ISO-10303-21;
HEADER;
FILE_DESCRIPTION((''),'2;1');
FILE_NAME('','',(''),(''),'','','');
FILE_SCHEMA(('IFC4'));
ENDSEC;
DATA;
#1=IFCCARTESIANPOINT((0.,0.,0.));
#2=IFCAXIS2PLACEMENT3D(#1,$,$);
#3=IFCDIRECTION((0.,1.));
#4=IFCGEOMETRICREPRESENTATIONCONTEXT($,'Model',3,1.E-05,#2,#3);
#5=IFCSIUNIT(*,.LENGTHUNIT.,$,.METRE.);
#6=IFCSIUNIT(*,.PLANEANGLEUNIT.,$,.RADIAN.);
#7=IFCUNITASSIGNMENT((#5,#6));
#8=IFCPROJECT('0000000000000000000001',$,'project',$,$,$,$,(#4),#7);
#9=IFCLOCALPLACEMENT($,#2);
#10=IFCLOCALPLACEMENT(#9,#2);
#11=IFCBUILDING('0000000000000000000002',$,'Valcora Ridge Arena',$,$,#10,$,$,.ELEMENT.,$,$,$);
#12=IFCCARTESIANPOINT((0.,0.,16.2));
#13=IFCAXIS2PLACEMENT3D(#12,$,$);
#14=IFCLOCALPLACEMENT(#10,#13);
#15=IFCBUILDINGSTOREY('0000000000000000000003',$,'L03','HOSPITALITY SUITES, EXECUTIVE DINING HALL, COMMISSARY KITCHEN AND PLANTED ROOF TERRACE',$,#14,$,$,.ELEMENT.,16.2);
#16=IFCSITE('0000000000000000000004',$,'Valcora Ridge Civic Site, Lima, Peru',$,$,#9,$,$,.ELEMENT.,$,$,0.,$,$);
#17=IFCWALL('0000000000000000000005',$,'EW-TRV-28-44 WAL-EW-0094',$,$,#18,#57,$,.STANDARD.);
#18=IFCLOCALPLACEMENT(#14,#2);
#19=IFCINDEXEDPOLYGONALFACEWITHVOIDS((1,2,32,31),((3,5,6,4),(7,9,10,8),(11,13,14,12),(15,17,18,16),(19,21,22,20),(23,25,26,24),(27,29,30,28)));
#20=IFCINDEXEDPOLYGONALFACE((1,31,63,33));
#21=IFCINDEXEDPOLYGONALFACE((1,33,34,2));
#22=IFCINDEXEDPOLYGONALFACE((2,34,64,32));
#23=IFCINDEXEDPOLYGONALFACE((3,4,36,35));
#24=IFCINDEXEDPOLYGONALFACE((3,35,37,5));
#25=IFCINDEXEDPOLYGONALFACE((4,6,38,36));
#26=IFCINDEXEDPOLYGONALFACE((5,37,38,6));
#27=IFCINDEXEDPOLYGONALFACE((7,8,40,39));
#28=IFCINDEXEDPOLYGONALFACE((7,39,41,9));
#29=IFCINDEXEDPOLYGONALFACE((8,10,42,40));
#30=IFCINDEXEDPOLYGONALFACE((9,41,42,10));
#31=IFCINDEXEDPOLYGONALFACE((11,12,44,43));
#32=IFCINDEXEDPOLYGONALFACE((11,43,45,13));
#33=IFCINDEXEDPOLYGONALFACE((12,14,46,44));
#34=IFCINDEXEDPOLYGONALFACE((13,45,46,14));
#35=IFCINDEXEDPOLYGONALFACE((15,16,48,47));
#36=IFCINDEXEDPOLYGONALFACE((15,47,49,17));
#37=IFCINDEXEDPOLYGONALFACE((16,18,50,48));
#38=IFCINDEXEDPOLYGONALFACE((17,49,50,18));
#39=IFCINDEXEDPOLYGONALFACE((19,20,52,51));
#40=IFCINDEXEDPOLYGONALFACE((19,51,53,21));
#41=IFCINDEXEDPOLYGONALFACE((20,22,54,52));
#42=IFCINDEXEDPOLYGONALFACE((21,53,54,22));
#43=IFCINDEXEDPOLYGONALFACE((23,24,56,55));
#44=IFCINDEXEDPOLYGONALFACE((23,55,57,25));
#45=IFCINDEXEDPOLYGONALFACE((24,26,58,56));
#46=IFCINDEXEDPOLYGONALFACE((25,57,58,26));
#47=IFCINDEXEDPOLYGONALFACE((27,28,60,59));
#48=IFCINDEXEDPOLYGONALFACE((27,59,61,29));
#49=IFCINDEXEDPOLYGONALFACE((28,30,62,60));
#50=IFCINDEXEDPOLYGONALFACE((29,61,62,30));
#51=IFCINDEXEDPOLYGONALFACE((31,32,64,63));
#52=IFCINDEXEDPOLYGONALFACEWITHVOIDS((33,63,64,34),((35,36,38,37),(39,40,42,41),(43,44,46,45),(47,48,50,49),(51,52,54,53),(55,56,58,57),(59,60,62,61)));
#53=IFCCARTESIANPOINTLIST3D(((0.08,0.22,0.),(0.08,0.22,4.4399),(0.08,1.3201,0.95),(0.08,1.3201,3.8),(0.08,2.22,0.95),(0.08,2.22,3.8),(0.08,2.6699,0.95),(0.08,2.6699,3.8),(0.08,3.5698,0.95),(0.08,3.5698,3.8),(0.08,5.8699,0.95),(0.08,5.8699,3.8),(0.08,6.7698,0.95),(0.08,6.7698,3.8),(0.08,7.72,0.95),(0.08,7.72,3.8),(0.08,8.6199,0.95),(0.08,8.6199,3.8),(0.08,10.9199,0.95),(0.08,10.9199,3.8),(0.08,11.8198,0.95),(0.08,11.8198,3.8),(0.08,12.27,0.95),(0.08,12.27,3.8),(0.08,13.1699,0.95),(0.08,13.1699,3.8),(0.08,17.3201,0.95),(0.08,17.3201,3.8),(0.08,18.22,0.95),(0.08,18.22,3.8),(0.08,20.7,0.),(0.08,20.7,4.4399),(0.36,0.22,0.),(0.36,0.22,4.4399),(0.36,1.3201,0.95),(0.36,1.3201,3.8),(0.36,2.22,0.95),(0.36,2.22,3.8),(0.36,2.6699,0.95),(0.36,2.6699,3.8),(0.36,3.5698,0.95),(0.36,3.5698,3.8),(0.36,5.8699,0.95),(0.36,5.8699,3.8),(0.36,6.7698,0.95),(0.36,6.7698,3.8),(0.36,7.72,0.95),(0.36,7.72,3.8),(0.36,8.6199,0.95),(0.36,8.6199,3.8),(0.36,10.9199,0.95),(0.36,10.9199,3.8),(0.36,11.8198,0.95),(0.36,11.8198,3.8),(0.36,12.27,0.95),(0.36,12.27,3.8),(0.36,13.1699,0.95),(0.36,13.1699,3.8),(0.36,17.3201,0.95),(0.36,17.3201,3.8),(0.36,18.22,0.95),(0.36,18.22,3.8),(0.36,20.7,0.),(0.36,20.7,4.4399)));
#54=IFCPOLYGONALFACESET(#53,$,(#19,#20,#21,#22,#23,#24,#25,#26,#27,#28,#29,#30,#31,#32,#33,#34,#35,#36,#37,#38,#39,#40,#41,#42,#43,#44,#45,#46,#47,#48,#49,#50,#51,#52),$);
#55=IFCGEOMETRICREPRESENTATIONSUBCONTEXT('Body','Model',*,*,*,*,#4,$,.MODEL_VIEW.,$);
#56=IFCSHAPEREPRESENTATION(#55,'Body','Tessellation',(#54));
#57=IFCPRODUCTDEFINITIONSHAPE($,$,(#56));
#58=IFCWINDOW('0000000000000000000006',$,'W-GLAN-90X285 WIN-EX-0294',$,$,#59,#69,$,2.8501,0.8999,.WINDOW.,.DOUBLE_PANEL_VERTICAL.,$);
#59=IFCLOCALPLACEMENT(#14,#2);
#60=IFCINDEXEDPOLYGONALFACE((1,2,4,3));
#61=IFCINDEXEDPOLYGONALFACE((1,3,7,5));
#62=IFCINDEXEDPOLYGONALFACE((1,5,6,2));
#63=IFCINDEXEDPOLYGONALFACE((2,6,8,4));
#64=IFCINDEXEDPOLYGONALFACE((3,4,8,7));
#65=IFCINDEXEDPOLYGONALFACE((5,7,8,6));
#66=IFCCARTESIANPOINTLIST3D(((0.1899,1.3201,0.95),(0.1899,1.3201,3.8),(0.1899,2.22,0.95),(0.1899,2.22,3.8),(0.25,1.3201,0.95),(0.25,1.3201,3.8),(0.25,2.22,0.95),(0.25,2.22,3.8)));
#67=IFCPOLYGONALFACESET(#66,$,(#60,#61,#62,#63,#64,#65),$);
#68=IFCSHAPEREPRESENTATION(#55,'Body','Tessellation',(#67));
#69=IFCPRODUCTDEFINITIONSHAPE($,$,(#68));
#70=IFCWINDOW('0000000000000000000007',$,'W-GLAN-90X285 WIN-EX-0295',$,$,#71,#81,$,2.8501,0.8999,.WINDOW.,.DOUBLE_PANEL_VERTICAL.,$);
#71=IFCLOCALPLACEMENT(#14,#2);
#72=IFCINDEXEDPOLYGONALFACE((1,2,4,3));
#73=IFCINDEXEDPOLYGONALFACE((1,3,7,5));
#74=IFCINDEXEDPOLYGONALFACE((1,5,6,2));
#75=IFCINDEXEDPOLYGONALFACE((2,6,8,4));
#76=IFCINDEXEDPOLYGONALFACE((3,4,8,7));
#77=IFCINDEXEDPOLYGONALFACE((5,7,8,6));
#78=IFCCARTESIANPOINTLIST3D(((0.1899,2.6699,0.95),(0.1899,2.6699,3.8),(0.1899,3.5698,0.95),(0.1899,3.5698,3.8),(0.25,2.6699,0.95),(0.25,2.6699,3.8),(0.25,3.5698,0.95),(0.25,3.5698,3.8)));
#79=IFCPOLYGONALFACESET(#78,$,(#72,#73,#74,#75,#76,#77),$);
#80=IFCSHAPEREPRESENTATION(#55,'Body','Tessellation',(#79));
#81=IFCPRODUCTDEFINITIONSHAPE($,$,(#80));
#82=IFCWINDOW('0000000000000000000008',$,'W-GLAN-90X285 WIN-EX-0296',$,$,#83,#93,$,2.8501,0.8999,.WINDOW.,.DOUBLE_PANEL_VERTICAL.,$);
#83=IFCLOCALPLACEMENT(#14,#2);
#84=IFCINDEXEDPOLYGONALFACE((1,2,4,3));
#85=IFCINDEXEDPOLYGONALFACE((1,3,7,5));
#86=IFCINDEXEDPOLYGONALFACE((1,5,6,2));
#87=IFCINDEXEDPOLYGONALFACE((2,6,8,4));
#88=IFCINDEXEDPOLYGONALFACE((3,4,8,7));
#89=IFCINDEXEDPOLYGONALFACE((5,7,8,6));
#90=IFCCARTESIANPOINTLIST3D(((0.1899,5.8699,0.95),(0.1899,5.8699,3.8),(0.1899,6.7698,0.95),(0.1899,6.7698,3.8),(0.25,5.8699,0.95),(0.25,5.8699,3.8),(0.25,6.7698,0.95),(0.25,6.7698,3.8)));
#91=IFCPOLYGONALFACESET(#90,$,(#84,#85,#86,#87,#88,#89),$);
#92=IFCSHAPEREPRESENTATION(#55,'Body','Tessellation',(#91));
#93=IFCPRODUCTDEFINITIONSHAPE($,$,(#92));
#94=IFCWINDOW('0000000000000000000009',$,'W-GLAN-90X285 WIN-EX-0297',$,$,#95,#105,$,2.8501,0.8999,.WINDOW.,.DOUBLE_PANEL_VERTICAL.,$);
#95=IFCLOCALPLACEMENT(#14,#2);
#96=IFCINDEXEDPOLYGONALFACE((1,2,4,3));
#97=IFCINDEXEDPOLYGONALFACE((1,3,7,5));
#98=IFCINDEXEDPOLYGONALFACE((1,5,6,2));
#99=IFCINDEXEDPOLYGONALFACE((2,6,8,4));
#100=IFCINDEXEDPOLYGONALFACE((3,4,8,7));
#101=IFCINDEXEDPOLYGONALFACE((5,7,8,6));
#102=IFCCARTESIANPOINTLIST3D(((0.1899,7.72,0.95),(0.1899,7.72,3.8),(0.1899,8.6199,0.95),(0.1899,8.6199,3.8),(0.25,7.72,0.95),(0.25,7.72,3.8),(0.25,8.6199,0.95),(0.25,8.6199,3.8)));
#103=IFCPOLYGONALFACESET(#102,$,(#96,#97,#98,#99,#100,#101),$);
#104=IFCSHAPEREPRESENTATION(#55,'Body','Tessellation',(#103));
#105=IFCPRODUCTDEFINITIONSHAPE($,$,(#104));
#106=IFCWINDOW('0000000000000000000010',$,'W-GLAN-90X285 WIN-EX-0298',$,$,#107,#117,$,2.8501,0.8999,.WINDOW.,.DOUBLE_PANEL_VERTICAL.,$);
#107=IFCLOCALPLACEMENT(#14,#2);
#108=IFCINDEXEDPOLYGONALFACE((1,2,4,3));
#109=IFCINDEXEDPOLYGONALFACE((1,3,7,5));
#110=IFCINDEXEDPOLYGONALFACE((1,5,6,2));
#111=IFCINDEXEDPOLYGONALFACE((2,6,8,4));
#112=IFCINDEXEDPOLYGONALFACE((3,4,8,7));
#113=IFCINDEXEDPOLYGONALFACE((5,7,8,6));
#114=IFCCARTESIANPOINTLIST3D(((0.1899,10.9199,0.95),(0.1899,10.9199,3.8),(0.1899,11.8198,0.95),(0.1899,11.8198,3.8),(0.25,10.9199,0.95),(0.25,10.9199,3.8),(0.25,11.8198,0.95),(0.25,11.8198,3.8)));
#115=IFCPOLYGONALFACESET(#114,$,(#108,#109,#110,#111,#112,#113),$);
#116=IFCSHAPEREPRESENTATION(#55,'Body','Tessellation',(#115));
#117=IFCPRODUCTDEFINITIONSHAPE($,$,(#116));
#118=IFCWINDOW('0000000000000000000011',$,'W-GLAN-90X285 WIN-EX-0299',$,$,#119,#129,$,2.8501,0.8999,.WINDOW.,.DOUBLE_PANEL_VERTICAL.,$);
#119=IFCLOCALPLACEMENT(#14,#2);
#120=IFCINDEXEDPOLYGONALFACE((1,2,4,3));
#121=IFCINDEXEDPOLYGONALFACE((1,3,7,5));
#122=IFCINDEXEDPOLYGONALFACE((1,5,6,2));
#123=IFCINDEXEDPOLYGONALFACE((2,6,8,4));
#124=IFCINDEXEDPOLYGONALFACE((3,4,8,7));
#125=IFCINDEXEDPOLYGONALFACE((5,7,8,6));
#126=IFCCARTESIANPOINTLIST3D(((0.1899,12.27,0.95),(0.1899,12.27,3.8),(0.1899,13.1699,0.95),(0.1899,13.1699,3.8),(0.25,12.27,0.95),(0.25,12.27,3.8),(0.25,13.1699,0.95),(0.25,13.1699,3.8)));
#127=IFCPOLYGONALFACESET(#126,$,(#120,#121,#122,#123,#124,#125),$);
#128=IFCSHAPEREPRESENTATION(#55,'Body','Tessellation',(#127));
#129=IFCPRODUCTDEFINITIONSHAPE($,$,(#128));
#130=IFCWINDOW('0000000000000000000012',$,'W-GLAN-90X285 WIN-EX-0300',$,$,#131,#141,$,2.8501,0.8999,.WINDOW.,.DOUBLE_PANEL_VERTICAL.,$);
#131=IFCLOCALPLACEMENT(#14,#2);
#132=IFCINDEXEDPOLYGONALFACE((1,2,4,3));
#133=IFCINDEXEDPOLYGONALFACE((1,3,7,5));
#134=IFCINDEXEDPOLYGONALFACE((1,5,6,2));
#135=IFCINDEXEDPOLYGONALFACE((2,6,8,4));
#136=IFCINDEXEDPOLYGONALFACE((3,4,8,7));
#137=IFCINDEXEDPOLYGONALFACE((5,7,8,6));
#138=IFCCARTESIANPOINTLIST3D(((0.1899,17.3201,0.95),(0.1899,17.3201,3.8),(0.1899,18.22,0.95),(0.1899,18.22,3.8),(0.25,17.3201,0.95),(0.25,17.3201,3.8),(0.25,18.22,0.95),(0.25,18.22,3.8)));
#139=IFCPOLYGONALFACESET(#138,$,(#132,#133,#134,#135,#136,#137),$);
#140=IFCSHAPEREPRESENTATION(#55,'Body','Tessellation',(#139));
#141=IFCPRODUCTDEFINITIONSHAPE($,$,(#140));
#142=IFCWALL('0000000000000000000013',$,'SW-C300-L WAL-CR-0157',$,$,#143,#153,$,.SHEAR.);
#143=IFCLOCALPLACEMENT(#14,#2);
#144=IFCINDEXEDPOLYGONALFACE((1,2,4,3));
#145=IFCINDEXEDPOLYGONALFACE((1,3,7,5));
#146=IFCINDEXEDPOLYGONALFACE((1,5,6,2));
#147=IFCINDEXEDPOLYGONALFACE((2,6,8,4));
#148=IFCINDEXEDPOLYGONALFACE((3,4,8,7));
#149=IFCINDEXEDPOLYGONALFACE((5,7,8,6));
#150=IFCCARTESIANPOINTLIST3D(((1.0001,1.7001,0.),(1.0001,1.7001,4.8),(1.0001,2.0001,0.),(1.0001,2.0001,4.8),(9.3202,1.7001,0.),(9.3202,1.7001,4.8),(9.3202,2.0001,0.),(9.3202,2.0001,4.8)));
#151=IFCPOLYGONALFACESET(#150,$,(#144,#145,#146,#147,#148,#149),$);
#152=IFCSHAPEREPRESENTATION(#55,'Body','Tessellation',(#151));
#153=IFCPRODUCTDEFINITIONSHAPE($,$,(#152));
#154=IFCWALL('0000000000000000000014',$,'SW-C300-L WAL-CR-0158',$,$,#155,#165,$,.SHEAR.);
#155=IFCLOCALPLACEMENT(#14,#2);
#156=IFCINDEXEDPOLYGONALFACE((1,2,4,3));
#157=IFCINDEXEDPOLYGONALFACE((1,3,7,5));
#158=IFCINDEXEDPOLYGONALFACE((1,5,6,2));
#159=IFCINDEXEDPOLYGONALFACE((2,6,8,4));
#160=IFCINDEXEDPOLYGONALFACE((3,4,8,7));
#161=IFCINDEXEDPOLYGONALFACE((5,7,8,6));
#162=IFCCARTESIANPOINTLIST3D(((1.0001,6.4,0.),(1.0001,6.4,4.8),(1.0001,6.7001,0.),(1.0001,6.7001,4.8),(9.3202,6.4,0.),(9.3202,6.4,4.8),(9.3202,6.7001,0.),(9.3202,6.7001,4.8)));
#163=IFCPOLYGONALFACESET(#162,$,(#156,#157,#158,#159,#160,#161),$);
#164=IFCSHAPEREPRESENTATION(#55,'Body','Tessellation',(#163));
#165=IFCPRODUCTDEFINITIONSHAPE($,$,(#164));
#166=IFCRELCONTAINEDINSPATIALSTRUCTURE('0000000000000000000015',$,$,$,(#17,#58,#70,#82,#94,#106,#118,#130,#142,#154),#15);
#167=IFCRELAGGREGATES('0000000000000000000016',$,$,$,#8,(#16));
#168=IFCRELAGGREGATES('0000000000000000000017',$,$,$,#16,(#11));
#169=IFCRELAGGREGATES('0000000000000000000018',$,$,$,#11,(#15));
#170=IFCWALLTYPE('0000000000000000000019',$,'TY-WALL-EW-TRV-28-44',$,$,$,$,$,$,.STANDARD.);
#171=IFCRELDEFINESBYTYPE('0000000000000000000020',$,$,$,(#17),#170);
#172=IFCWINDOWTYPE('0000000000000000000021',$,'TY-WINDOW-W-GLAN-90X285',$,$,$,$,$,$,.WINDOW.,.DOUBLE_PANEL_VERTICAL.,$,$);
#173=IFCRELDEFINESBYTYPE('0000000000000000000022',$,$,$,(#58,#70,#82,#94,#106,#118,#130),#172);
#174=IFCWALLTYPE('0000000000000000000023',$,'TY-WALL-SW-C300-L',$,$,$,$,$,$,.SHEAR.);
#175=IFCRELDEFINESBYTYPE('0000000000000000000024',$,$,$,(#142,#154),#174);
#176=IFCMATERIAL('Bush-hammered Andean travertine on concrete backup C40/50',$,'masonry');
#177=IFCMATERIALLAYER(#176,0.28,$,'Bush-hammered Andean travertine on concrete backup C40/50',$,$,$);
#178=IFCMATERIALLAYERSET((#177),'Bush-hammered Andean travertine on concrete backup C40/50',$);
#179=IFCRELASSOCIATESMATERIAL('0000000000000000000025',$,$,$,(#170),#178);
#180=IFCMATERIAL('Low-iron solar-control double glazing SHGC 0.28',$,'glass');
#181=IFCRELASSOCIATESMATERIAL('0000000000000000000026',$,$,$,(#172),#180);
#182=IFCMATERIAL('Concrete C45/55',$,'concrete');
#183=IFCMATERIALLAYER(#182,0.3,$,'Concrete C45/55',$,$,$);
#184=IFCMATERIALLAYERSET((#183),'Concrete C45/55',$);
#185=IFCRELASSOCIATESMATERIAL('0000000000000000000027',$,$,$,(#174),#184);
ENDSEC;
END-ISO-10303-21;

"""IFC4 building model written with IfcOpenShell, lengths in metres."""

from ifc_helpers import new_model, si_unit, direction, frame, frame_2d, origin, place, context, subcontext, project, spatial, rectangle, extrude, material, layer, layer_set, type_object, element, fill, save


model = new_model("IFC4")

# Units and contexts
model_context = context("Model", 3, precision=1e-05, world=origin(), true_north=direction((0.0, 1.0)))
body_context = subcontext(model_context, "Body", "Model", "MODEL_VIEW")
ifc_project = project(units=[si_unit("LENGTHUNIT", "METRE"), si_unit("PLANEANGLEUNIT", "RADIAN")], contexts=[model_context])

# Site, building, storey
site_placement = place(None, origin())
site = spatial("IfcSite", under=ifc_project, at=site_placement, Name="Valcora Ridge Civic Site, Lima, Peru", CompositionType="ELEMENT", RefElevation=0.0)
building_placement = place(site_placement, origin())
building = spatial("IfcBuilding", under=site, at=building_placement, Name="Valcora Ridge Arena", CompositionType="ELEMENT")
storey_placement = place(building_placement, frame((0.0, 0.0, 16.2)))
storey = spatial("IfcBuildingStorey", under=building, at=storey_placement, Name="L03", Description="HOSPITALITY SUITES, EXECUTIVE DINING HALL, COMMISSARY KITCHEN AND PLANTED ROOF TERRACE", CompositionType="ELEMENT", Elevation=16.2)

# Wall, openings, windows
ifc_material_1 = material(Name="Bush-hammered Andean travertine on concrete backup C40/50", Category="masonry")
ifc_layer_1 = layer(ifc_material_1, 0.28, Name="Bush-hammered Andean travertine on concrete backup C40/50")
ifc_layer_set_1 = layer_set([ifc_layer_1], Name="Bush-hammered Andean travertine on concrete backup C40/50")
wall_type_1 = type_object("IfcWallType", Name="TY-WALL-EW-TRV-28-44", PredefinedType="STANDARD", material=ifc_layer_set_1)
ifc_material_2 = material(Name="Low-iron solar-control double glazing SHGC 0.28", Category="glass")
window_type = type_object("IfcWindowType", Name="TY-WINDOW-W-GLAN-90X285", PartitioningType="DOUBLE_PANEL_VERTICAL", PredefinedType="WINDOW", material=ifc_material_2)
wall_1_placement = place(storey_placement, frame((0.22, 0.22, 0.0), z_axis=(0.0, 0.0, 1.0), x_axis=(0.0, 1.0, 0.0)))
wall_1 = element("IfcWall", 1, at=wall_1_placement, inside=storey, type_object=wall_type_1, Name="EW-TRV-28-44 WAL-EW-0094", PredefinedType="STANDARD", context=body_context, shape_type="SweptSolid", body=[
    extrude(rectangle(XDim=20.48, YDim=0.28, at=frame_2d((10.24, 0.0))), origin(), (0.0, 0.0, 1.0), 4.4399),
])
opening_1_placement = place(wall_1_placement, frame((1.1001, 0.0, 0.95)))
opening_1 = element("IfcOpeningElement", 2, at=opening_1_placement, cuts=wall_1, PredefinedType="OPENING", context=body_context, shape_type="SweptSolid", body=[
    extrude(rectangle(XDim=0.8999, YDim=2.8501, at=frame_2d((0.45, 1.425))), frame((0.0, 0.1499, 0.0), z_axis=(0.0, -1.0, 0.0), x_axis=(1.0, 0.0, 0.0)), (0.0, 0.0, 1.0), 0.3),
])
opening_2_placement = place(wall_1_placement, frame((2.45, 0.0, 0.95)))
opening_2 = element("IfcOpeningElement", 3, at=opening_2_placement, cuts=wall_1, PredefinedType="OPENING", context=body_context, shape_type="SweptSolid", body=[
    extrude(rectangle(XDim=0.8999, YDim=2.8501, at=frame_2d((0.45, 1.425))), frame((0.0, 0.1499, 0.0), z_axis=(0.0, -1.0, 0.0), x_axis=(1.0, 0.0, 0.0)), (0.0, 0.0, 1.0), 0.3),
])
opening_3_placement = place(wall_1_placement, frame((5.6499, 0.0, 0.95)))
opening_3 = element("IfcOpeningElement", 4, at=opening_3_placement, cuts=wall_1, PredefinedType="OPENING", context=body_context, shape_type="SweptSolid", body=[
    extrude(rectangle(XDim=0.8999, YDim=2.8501, at=frame_2d((0.45, 1.425))), frame((0.0, 0.1499, 0.0), z_axis=(0.0, -1.0, 0.0), x_axis=(1.0, 0.0, 0.0)), (0.0, 0.0, 1.0), 0.3),
])
opening_4_placement = place(wall_1_placement, frame((7.5, 0.0, 0.95)))
opening_4 = element("IfcOpeningElement", 5, at=opening_4_placement, cuts=wall_1, PredefinedType="OPENING", context=body_context, shape_type="SweptSolid", body=[
    extrude(rectangle(XDim=0.8999, YDim=2.8501, at=frame_2d((0.45, 1.425))), frame((0.0, 0.1499, 0.0), z_axis=(0.0, -1.0, 0.0), x_axis=(1.0, 0.0, 0.0)), (0.0, 0.0, 1.0), 0.3),
])
opening_5_placement = place(wall_1_placement, frame((10.7, 0.0, 0.95)))
opening_5 = element("IfcOpeningElement", 6, at=opening_5_placement, cuts=wall_1, PredefinedType="OPENING", context=body_context, shape_type="SweptSolid", body=[
    extrude(rectangle(XDim=0.8999, YDim=2.8501, at=frame_2d((0.45, 1.425))), frame((0.0, 0.1499, 0.0), z_axis=(0.0, -1.0, 0.0), x_axis=(1.0, 0.0, 0.0)), (0.0, 0.0, 1.0), 0.3),
])
opening_6_placement = place(wall_1_placement, frame((12.05, 0.0, 0.95)))
opening_6 = element("IfcOpeningElement", 7, at=opening_6_placement, cuts=wall_1, PredefinedType="OPENING", context=body_context, shape_type="SweptSolid", body=[
    extrude(rectangle(XDim=0.8999, YDim=2.8501, at=frame_2d((0.45, 1.425))), frame((0.0, 0.1499, 0.0), z_axis=(0.0, -1.0, 0.0), x_axis=(1.0, 0.0, 0.0)), (0.0, 0.0, 1.0), 0.3),
])
opening_7_placement = place(wall_1_placement, frame((17.1001, 0.0, 0.95)))
opening_7 = element("IfcOpeningElement", 8, at=opening_7_placement, cuts=wall_1, PredefinedType="OPENING", context=body_context, shape_type="SweptSolid", body=[
    extrude(rectangle(XDim=0.8999, YDim=2.8501, at=frame_2d((0.45, 1.425))), frame((0.0, 0.1499, 0.0), z_axis=(0.0, -1.0, 0.0), x_axis=(1.0, 0.0, 0.0)), (0.0, 0.0, 1.0), 0.3),
])
window_1_placement = place(opening_1_placement, origin())
window_1 = element("IfcWindow", 9, at=window_1_placement, inside=storey, type_object=window_type, Name="W-GLAN-90X285 WIN-EX-0294", OverallHeight=2.8501, OverallWidth=0.8999, PartitioningType="DOUBLE_PANEL_VERTICAL", PredefinedType="WINDOW", context=body_context, shape_type="SweptSolid", body=[
    extrude(rectangle(XDim=0.8999, YDim=2.8501, at=frame_2d((0.45, 1.425))), frame((0.0, 0.03, 0.0), z_axis=(0.0, -1.0, 0.0), x_axis=(1.0, 0.0, 0.0)), (0.0, 0.0, 1.0), 0.0601),
])
fill(opening_1, window_1)
window_2_placement = place(opening_2_placement, origin())
window_2 = element("IfcWindow", 10, at=window_2_placement, inside=storey, type_object=window_type, Name="W-GLAN-90X285 WIN-EX-0295", OverallHeight=2.8501, OverallWidth=0.8999, PartitioningType="DOUBLE_PANEL_VERTICAL", PredefinedType="WINDOW", context=body_context, shape_type="SweptSolid", body=[
    extrude(rectangle(XDim=0.8999, YDim=2.8501, at=frame_2d((0.45, 1.425))), frame((0.0, 0.03, 0.0), z_axis=(0.0, -1.0, 0.0), x_axis=(1.0, 0.0, 0.0)), (0.0, 0.0, 1.0), 0.0601),
])
fill(opening_2, window_2)
window_3_placement = place(opening_3_placement, origin())
window_3 = element("IfcWindow", 11, at=window_3_placement, inside=storey, type_object=window_type, Name="W-GLAN-90X285 WIN-EX-0296", OverallHeight=2.8501, OverallWidth=0.8999, PartitioningType="DOUBLE_PANEL_VERTICAL", PredefinedType="WINDOW", context=body_context, shape_type="SweptSolid", body=[
    extrude(rectangle(XDim=0.8999, YDim=2.8501, at=frame_2d((0.45, 1.425))), frame((0.0, 0.03, 0.0), z_axis=(0.0, -1.0, 0.0), x_axis=(1.0, 0.0, 0.0)), (0.0, 0.0, 1.0), 0.0601),
])
fill(opening_3, window_3)
window_4_placement = place(opening_4_placement, origin())
window_4 = element("IfcWindow", 12, at=window_4_placement, inside=storey, type_object=window_type, Name="W-GLAN-90X285 WIN-EX-0297", OverallHeight=2.8501, OverallWidth=0.8999, PartitioningType="DOUBLE_PANEL_VERTICAL", PredefinedType="WINDOW", context=body_context, shape_type="SweptSolid", body=[
    extrude(rectangle(XDim=0.8999, YDim=2.8501, at=frame_2d((0.45, 1.425))), frame((0.0, 0.03, 0.0), z_axis=(0.0, -1.0, 0.0), x_axis=(1.0, 0.0, 0.0)), (0.0, 0.0, 1.0), 0.0601),
])
fill(opening_4, window_4)
window_5_placement = place(opening_5_placement, origin())
window_5 = element("IfcWindow", 13, at=window_5_placement, inside=storey, type_object=window_type, Name="W-GLAN-90X285 WIN-EX-0298", OverallHeight=2.8501, OverallWidth=0.8999, PartitioningType="DOUBLE_PANEL_VERTICAL", PredefinedType="WINDOW", context=body_context, shape_type="SweptSolid", body=[
    extrude(rectangle(XDim=0.8999, YDim=2.8501, at=frame_2d((0.45, 1.425))), frame((0.0, 0.03, 0.0), z_axis=(0.0, -1.0, 0.0), x_axis=(1.0, 0.0, 0.0)), (0.0, 0.0, 1.0), 0.0601),
])
fill(opening_5, window_5)
window_6_placement = place(opening_6_placement, origin())
window_6 = element("IfcWindow", 14, at=window_6_placement, inside=storey, type_object=window_type, Name="W-GLAN-90X285 WIN-EX-0299", OverallHeight=2.8501, OverallWidth=0.8999, PartitioningType="DOUBLE_PANEL_VERTICAL", PredefinedType="WINDOW", context=body_context, shape_type="SweptSolid", body=[
    extrude(rectangle(XDim=0.8999, YDim=2.8501, at=frame_2d((0.45, 1.425))), frame((0.0, 0.03, 0.0), z_axis=(0.0, -1.0, 0.0), x_axis=(1.0, 0.0, 0.0)), (0.0, 0.0, 1.0), 0.0601),
])
fill(opening_6, window_6)
window_7_placement = place(opening_7_placement, origin())
window_7 = element("IfcWindow", 15, at=window_7_placement, inside=storey, type_object=window_type, Name="W-GLAN-90X285 WIN-EX-0300", OverallHeight=2.8501, OverallWidth=0.8999, PartitioningType="DOUBLE_PANEL_VERTICAL", PredefinedType="WINDOW", context=body_context, shape_type="SweptSolid", body=[
    extrude(rectangle(XDim=0.8999, YDim=2.8501, at=frame_2d((0.45, 1.425))), frame((0.0, 0.03, 0.0), z_axis=(0.0, -1.0, 0.0), x_axis=(1.0, 0.0, 0.0)), (0.0, 0.0, 1.0), 0.0601),
])
fill(opening_7, window_7)

# Walls
ifc_material_3 = material(Name="Concrete C45/55", Category="concrete")
ifc_layer_2 = layer(ifc_material_3, 0.3, Name="Concrete C45/55")
ifc_layer_set_2 = layer_set([ifc_layer_2], Name="Concrete C45/55")
wall_type_2 = type_object("IfcWallType", Name="TY-WALL-SW-C300-L", PredefinedType="SHEAR", material=ifc_layer_set_2)
for number, where, z_axis, x_axis, name in (
    (16, (1.0, 1.8501, 0.0), (0.0, 0.0, 1.0), (1.0, 0.0, 0.0), "SW-C300-L WAL-CR-0157"),
    (17, (1.0, 6.55, 0.0), (0.0, 0.0, 1.0), (1.0, 0.0, 0.0), "SW-C300-L WAL-CR-0158"),
):
    element("IfcWall", number, at=place(storey_placement, frame(where, z_axis=z_axis, x_axis=x_axis)), inside=storey, type_object=wall_type_2, Name=name, PredefinedType="SHEAR", context=body_context, shape_type="SweptSolid", body=[
        extrude(rectangle(XDim=8.3201, YDim=0.3, at=frame_2d((4.1602, 0.0))), origin(), (0.0, 0.0, 1.0), 4.8),
    ])

save(model, "model.ifc")
